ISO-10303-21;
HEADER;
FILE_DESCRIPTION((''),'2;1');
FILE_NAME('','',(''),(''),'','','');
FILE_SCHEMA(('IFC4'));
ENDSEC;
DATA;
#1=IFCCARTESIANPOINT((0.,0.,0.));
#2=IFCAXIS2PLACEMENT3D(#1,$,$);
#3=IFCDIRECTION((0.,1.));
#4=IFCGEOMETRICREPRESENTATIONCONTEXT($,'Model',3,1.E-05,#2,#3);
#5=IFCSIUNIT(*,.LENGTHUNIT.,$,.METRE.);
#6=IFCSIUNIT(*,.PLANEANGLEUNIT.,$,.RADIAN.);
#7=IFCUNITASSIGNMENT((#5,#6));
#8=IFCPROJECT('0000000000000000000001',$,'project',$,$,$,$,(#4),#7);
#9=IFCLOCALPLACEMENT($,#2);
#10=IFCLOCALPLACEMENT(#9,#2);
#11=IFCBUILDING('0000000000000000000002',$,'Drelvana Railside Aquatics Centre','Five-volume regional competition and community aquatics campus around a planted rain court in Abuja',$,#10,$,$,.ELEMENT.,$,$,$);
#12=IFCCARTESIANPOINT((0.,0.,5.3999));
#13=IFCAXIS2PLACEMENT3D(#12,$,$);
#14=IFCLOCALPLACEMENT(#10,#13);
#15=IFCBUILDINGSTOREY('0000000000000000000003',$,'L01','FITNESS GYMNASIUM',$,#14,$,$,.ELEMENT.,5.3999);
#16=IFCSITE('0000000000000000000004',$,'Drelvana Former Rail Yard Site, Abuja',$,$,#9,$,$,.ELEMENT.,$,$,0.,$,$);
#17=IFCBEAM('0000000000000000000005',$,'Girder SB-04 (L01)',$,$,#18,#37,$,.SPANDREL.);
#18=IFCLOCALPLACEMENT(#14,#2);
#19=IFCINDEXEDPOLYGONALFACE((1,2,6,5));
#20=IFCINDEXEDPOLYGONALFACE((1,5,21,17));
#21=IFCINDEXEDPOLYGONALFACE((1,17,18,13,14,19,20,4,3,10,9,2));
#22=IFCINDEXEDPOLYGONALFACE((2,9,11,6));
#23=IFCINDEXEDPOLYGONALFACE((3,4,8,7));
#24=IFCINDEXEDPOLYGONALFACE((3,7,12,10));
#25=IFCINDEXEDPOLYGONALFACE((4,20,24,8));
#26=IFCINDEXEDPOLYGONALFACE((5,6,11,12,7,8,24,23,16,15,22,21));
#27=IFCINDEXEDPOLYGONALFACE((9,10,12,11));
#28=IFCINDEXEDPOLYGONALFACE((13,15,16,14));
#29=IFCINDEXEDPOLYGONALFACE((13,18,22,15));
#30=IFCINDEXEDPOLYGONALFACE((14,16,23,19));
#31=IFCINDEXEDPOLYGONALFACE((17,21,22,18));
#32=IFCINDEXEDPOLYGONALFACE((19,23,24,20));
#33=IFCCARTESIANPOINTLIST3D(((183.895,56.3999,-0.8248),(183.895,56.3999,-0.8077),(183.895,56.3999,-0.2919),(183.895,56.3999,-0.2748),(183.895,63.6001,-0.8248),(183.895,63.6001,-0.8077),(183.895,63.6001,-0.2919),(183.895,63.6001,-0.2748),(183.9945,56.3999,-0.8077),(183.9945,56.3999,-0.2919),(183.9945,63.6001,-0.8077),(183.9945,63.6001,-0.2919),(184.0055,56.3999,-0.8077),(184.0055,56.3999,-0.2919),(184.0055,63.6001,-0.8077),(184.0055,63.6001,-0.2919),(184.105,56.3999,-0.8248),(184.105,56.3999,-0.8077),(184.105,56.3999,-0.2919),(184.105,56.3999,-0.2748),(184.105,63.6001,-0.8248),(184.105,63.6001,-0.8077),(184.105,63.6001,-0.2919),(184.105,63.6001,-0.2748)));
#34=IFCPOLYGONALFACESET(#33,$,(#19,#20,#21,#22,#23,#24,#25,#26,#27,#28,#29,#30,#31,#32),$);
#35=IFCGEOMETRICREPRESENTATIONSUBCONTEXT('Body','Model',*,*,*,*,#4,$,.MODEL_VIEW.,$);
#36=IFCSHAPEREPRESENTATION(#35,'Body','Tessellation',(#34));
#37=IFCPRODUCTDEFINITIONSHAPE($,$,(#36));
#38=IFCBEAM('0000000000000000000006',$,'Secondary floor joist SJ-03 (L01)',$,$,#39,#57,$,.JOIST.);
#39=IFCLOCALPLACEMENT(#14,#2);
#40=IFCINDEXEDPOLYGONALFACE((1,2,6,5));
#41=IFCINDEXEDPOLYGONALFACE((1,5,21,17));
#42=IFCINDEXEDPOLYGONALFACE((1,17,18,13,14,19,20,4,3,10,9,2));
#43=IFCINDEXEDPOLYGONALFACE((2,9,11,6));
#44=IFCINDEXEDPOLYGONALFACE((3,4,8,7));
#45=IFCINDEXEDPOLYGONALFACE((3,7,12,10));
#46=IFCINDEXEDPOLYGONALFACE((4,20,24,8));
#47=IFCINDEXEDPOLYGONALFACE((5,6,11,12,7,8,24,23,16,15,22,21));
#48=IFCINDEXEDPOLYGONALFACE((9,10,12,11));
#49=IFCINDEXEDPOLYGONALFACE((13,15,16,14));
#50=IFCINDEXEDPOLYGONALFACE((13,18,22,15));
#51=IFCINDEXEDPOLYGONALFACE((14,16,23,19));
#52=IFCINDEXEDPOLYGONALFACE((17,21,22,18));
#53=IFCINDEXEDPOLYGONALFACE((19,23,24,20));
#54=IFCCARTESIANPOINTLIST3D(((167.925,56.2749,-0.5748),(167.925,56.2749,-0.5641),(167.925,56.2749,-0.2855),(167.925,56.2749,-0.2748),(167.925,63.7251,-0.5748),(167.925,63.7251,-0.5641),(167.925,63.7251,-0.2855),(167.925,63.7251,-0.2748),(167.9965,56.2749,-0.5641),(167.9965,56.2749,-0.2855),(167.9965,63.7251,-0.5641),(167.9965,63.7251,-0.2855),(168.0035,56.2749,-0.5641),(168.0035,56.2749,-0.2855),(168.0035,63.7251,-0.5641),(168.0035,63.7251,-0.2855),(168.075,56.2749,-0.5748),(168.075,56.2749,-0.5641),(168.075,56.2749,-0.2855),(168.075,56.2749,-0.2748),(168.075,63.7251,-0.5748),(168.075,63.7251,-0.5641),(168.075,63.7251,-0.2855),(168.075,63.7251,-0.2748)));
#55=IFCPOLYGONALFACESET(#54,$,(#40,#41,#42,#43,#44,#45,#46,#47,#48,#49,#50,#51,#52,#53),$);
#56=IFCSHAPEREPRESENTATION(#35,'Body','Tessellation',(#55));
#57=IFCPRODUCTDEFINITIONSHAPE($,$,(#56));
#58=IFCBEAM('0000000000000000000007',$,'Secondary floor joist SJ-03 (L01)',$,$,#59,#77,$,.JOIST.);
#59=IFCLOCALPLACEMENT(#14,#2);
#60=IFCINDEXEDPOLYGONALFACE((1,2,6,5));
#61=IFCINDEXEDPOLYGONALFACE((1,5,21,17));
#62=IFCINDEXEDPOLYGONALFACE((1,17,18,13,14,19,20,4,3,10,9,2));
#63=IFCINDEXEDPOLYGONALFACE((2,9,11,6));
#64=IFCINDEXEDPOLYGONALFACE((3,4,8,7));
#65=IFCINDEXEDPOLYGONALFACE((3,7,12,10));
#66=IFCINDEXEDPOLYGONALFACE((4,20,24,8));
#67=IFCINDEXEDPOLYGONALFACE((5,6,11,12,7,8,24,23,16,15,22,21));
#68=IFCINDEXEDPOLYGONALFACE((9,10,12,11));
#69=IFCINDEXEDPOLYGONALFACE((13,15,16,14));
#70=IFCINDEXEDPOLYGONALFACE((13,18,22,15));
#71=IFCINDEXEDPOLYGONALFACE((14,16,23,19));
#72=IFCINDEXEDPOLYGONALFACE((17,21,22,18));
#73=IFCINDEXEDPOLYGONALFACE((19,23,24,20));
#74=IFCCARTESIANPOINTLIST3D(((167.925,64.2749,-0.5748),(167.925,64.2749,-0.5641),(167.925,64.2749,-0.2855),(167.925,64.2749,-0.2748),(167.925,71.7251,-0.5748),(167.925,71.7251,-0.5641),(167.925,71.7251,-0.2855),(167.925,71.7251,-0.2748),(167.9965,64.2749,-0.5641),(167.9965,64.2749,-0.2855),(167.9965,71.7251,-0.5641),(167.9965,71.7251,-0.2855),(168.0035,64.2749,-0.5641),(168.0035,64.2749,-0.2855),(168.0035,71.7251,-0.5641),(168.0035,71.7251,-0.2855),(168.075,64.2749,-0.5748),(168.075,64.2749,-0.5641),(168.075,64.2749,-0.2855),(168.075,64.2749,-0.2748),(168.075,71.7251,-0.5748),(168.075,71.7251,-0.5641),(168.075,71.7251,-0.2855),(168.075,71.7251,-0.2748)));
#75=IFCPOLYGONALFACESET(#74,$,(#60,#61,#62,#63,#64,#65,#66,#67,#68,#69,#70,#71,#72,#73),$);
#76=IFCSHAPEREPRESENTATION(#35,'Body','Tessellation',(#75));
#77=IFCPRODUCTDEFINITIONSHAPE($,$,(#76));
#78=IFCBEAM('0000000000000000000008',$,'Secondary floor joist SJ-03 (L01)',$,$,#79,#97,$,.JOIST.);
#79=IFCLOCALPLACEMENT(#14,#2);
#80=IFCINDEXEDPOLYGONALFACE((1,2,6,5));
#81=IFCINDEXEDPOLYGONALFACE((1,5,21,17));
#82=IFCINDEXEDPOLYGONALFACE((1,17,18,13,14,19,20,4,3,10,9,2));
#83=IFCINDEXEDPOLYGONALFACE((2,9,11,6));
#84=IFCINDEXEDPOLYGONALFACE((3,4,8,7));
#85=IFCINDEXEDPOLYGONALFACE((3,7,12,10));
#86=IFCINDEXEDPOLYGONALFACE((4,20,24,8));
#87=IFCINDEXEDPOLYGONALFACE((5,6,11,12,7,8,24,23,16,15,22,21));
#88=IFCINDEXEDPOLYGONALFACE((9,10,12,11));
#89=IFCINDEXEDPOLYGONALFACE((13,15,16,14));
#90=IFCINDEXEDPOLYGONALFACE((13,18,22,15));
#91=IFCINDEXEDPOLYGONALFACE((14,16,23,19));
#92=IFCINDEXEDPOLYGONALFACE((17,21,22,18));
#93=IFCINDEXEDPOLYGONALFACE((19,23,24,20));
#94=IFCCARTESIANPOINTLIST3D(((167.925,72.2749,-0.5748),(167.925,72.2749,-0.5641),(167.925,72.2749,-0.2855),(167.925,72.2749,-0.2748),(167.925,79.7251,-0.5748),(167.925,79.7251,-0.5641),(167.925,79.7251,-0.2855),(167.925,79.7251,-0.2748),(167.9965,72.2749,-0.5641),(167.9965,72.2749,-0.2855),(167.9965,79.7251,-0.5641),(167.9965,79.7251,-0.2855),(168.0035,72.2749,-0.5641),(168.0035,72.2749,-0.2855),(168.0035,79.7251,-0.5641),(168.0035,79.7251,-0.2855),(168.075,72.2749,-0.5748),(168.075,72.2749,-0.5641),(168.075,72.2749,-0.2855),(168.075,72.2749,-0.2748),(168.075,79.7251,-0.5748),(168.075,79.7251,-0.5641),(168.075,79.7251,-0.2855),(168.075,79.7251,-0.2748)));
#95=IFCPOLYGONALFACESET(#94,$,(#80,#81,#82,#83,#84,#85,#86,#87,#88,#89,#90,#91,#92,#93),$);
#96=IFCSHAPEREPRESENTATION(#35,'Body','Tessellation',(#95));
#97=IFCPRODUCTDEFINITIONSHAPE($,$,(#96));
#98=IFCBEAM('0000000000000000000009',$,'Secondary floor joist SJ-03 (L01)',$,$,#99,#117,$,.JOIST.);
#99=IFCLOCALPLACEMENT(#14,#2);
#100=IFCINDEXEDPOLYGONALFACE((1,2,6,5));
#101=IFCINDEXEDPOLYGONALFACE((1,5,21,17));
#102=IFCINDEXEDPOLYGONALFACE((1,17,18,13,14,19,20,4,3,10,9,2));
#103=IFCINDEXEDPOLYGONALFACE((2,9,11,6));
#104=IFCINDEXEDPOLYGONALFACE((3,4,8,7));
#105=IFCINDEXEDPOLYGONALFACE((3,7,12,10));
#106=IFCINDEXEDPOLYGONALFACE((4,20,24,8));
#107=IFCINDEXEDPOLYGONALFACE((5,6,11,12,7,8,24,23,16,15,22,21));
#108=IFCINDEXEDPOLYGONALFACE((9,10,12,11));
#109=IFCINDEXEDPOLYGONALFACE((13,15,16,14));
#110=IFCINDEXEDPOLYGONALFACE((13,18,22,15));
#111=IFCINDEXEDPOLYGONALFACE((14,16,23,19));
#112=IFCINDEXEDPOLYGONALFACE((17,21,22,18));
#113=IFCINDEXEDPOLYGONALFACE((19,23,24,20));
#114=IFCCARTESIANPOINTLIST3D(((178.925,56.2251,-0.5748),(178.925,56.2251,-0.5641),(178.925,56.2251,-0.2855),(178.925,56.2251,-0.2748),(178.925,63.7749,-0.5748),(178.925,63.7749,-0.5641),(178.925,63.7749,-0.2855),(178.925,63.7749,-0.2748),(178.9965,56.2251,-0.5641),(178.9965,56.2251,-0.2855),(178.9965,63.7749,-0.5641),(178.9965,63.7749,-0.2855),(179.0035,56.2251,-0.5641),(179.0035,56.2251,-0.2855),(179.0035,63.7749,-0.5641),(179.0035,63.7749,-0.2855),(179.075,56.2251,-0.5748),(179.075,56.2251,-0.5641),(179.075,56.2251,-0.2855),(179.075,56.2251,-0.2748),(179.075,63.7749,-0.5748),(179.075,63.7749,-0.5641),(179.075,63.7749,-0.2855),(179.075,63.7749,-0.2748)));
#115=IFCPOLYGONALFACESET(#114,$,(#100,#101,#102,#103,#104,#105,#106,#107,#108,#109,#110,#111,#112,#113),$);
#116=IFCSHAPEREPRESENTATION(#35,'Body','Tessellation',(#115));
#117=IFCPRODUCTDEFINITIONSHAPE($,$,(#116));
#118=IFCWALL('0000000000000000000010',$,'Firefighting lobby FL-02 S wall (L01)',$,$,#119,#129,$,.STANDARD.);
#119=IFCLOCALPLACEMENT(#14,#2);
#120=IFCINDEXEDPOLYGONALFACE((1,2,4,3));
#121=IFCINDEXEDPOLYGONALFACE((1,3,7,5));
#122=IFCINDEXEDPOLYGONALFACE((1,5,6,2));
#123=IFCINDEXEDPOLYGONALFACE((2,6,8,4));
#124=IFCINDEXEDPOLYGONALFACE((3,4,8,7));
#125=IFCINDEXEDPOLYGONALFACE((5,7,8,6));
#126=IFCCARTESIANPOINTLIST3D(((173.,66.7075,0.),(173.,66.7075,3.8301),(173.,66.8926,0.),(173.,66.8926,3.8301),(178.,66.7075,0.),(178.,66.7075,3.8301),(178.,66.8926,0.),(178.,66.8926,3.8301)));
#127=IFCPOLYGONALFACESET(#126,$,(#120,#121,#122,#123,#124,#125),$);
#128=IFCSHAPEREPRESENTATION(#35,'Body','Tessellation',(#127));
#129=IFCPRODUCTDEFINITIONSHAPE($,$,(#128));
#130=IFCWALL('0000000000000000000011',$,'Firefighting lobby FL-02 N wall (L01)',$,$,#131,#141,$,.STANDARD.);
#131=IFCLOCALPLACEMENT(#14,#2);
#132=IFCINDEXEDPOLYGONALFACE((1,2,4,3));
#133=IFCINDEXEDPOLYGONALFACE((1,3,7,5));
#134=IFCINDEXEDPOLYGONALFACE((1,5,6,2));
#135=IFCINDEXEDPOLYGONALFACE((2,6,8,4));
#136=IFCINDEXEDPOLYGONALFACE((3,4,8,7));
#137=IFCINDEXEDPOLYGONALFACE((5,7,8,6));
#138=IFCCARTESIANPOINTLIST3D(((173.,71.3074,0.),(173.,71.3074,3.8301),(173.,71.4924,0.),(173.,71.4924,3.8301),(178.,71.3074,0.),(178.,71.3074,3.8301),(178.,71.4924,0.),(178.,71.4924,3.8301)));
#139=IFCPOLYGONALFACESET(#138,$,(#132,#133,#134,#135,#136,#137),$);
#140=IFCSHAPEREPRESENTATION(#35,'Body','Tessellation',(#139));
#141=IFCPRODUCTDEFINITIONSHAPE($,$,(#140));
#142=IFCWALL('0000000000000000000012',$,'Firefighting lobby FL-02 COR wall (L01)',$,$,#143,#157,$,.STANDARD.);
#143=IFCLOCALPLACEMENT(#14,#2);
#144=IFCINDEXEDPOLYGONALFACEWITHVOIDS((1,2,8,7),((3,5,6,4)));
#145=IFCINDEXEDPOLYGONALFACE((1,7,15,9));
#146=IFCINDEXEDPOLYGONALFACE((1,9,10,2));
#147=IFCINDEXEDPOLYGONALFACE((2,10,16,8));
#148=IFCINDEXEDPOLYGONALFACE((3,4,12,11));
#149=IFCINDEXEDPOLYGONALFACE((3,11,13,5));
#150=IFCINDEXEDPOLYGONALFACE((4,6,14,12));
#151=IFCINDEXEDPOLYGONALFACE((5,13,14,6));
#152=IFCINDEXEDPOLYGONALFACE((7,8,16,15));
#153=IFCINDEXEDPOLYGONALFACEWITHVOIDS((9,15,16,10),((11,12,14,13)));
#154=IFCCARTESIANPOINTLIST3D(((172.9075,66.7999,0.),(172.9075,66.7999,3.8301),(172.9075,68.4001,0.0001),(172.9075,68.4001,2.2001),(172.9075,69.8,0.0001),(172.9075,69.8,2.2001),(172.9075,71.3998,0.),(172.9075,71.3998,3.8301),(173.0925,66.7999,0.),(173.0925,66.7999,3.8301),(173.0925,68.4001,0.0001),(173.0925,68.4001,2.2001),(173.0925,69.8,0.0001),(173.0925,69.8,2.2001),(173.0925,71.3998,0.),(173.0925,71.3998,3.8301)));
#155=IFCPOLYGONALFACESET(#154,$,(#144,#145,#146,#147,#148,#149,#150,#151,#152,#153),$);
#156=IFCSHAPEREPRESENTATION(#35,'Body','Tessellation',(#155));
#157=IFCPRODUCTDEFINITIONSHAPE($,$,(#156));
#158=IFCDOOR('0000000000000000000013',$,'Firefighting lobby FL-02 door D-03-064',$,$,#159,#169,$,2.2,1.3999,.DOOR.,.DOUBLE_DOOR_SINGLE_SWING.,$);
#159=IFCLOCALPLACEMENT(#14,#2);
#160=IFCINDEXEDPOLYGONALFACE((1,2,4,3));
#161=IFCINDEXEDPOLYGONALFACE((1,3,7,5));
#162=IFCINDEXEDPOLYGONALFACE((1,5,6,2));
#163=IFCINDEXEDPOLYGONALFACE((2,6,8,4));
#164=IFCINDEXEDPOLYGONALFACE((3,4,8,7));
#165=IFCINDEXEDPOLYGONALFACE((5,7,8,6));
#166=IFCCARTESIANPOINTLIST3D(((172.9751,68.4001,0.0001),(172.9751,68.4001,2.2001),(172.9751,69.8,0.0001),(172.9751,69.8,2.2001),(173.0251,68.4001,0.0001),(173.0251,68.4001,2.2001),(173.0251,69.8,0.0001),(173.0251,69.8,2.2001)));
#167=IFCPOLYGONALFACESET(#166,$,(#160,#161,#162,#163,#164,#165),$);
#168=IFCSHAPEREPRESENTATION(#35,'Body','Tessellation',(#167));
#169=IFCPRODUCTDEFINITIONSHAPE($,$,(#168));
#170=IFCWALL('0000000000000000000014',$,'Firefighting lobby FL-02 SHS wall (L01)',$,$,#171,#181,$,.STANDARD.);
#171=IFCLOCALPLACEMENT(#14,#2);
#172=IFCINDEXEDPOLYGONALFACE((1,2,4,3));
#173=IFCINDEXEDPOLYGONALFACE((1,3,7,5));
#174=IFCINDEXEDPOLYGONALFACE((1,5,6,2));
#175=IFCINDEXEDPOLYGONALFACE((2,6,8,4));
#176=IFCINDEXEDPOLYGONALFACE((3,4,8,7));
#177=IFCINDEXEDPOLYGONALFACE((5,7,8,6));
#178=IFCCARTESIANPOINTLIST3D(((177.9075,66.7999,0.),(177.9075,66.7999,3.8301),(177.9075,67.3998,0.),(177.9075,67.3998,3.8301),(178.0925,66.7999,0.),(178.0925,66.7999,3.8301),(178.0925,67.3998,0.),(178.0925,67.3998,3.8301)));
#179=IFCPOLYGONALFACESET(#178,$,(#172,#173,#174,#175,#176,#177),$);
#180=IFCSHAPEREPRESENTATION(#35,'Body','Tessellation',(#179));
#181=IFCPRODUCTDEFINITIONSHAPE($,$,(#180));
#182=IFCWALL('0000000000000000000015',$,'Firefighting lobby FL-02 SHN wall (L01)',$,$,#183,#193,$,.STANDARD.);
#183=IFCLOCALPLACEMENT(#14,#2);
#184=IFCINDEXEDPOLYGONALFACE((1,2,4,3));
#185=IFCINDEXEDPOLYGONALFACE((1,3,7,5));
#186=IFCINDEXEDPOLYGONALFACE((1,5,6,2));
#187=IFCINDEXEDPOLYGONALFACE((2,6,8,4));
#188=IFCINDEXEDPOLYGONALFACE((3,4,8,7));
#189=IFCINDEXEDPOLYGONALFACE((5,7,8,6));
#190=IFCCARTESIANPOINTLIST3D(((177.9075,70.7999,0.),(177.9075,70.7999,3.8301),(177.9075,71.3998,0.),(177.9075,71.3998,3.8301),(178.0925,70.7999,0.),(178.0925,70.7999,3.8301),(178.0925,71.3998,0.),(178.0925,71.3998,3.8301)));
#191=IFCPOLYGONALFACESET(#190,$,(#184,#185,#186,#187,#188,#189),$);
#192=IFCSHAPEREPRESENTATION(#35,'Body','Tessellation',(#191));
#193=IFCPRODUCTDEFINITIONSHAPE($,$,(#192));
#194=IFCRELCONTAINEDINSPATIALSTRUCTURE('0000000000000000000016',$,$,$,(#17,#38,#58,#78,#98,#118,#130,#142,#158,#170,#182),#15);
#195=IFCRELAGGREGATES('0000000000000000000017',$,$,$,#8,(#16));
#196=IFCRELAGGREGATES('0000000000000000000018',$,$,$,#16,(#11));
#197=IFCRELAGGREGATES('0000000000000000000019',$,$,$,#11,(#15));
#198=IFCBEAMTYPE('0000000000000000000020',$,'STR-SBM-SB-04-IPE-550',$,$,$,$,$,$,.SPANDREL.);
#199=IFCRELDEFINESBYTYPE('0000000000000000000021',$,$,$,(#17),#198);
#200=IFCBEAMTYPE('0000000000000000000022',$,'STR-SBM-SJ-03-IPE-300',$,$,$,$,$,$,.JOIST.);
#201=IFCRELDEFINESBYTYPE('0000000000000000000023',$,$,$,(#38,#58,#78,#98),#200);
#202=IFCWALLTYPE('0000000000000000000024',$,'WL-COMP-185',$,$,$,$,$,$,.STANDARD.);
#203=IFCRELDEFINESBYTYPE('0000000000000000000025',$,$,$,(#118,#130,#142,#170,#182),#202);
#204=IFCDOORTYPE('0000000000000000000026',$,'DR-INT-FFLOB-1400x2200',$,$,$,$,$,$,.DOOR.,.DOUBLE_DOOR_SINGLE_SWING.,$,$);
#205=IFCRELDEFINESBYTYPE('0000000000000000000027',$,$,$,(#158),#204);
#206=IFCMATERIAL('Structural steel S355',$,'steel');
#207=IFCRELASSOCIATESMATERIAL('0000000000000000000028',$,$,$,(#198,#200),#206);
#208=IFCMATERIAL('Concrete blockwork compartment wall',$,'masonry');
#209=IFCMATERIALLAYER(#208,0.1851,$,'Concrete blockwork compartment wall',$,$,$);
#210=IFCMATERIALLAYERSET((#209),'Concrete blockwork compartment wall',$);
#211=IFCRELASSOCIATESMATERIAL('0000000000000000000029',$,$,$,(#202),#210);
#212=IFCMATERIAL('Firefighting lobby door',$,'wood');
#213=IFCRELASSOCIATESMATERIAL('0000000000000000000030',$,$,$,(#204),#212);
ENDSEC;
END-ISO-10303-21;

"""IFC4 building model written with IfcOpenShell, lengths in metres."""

from ifc_helpers import new_model, si_unit, direction, frame, frame_2d, origin, origin_2d, place, context, subcontext, project, spatial, rectangle, i_section, extrude, material, layer, layer_set, material_profile, profile_set, type_object, element, fill, save


model = new_model("IFC4")

# Units and contexts
model_context = context("Model", 3, precision=1e-05, world=origin(), true_north=direction((0.0, 1.0)))
body_context = subcontext(model_context, "Body", "Model", "MODEL_VIEW")
ifc_project = project(units=[si_unit("LENGTHUNIT", "METRE"), si_unit("PLANEANGLEUNIT", "RADIAN")], contexts=[model_context])

# Site, building, storey
site_placement = place(None, origin())
site = spatial("IfcSite", under=ifc_project, at=site_placement, Name="Drelvana Former Rail Yard Site, Abuja", CompositionType="ELEMENT", RefElevation=0.0)
building_placement = place(site_placement, origin())
building = spatial("IfcBuilding", under=site, at=building_placement, Name="Drelvana Railside Aquatics Centre", Description="Five-volume regional competition and community aquatics campus around a planted rain court in Abuja", CompositionType="ELEMENT")
storey_placement = place(building_placement, frame((0.0, 0.0, 5.3999)))
storey = spatial("IfcBuildingStorey", under=building, at=storey_placement, Name="L01", Description="FITNESS GYMNASIUM", CompositionType="ELEMENT", Elevation=5.3999)

# Beams
ifc_material_1 = material(Name="Structural steel S355", Category="steel")
ifc_material_profile_1 = material_profile(ifc_material_1, i_section(OverallWidth=0.21, OverallDepth=0.55, WebThickness=0.011, FlangeThickness=0.0171, at=origin_2d()), Name="IPE 550")
ifc_profile_set_1 = profile_set([ifc_material_profile_1], Name="Structural steel S355")
beam_type_1 = type_object("IfcBeamType", Name="STR-SBM-SB-04-IPE-550", PredefinedType="SPANDREL", material=ifc_profile_set_1)
beam_1_placement = place(storey_placement, frame((184.0, 56.3999, -0.5498), z_axis=(0.0, 1.0, 0.0), x_axis=(-1.0, 0.0, 0.0)))
element("IfcBeam", 1, at=beam_1_placement, inside=storey, type_object=beam_type_1, Name="Girder SB-04 (L01)", PredefinedType="SPANDREL", context=body_context, shape_type="SweptSolid", body=[
    extrude(i_section(OverallWidth=0.21, OverallDepth=0.55, WebThickness=0.011, FlangeThickness=0.0171, at=origin_2d()), origin(), (0.0, 0.0, 1.0), 7.2002),
])
ifc_material_profile_2 = material_profile(ifc_material_1, i_section(OverallWidth=0.1499, OverallDepth=0.3, WebThickness=0.0071, FlangeThickness=0.0107, at=origin_2d()), Name="IPE 300")
ifc_profile_set_2 = profile_set([ifc_material_profile_2], Name="Structural steel S355")
beam_type_2 = type_object("IfcBeamType", Name="STR-SBM-SJ-03-IPE-300", PredefinedType="JOIST", material=ifc_profile_set_2)
for number, where, z_axis, x_axis, name in (
    (2, (168.0, 56.2749, -0.4248), (0.0, 1.0, 0.0), (-1.0, 0.0, 0.0), "Secondary floor joist SJ-03 (L01)"),
    (3, (168.0, 64.2749, -0.4248), (0.0, 1.0, 0.0), (-1.0, 0.0, 0.0), "Secondary floor joist SJ-03 (L01)"),
    (4, (168.0, 72.2749, -0.4248), (0.0, 1.0, 0.0), (-1.0, 0.0, 0.0), "Secondary floor joist SJ-03 (L01)"),
):
    element("IfcBeam", number, at=place(storey_placement, frame(where, z_axis=z_axis, x_axis=x_axis)), inside=storey, type_object=beam_type_2, Name=name, PredefinedType="JOIST", context=body_context, shape_type="SweptSolid", body=[
        extrude(i_section(OverallWidth=0.1499, OverallDepth=0.3, WebThickness=0.0071, FlangeThickness=0.0107, at=origin_2d()), origin(), (0.0, 0.0, 1.0), 7.4502),
    ])
beam_2_placement = place(storey_placement, frame((179.0, 56.2251, -0.4248), z_axis=(0.0, 1.0, 0.0), x_axis=(-1.0, 0.0, 0.0)))
element("IfcBeam", 5, at=beam_2_placement, inside=storey, type_object=beam_type_2, Name="Secondary floor joist SJ-03 (L01)", PredefinedType="JOIST", context=body_context, shape_type="SweptSolid", body=[
    extrude(i_section(OverallWidth=0.1499, OverallDepth=0.3, WebThickness=0.0071, FlangeThickness=0.0107, at=origin_2d()), origin(), (0.0, 0.0, 1.0), 7.5498),
])

# Walls
ifc_material_2 = material(Name="Concrete blockwork compartment wall", Category="masonry")
ifc_layer_1 = layer(ifc_material_2, 0.1851, Name="Concrete blockwork compartment wall")
ifc_layer_set_1 = layer_set([ifc_layer_1], Name="Concrete blockwork compartment wall")
wall_type_1 = type_object("IfcWallType", Name="WL-COMP-185", PredefinedType="STANDARD", material=ifc_layer_set_1)
for number, where, z_axis, x_axis, name in (
    (6, (178.0, 66.8, 0.0), (0.0, 0.0, 1.0), (-1.0, 0.0, 0.0), "Firefighting lobby FL-02 S wall (L01)"),
    (7, (173.0, 71.3999, 0.0), (0.0, 0.0, 1.0), (1.0, 0.0, 0.0), "Firefighting lobby FL-02 N wall (L01)"),
):
    element("IfcWall", number, at=place(storey_placement, frame(where, z_axis=z_axis, x_axis=x_axis)), inside=storey, type_object=wall_type_1, Name=name, PredefinedType="STANDARD", context=body_context, shape_type="SweptSolid", body=[
        extrude(rectangle(XDim=5.0, YDim=0.1851, at=frame_2d((2.5, 0.0))), origin(), (0.0, 0.0, 1.0), 3.8301),
    ])

# Wall, opening, door
wall_1_placement = place(storey_placement, frame((173.0, 66.8, 0.0), z_axis=(0.0, 0.0, 1.0), x_axis=(0.0, 1.0, 0.0)))
wall_1 = element("IfcWall", 8, at=wall_1_placement, inside=storey, type_object=wall_type_1, Name="Firefighting lobby FL-02 COR wall (L01)", PredefinedType="STANDARD", context=body_context, shape_type="SweptSolid", body=[
    extrude(rectangle(XDim=4.5999, YDim=0.1851, at=frame_2d((2.2998, 0.0))), origin(), (0.0, 0.0, 1.0), 3.8301),
])
opening_1_placement = place(wall_1_placement, frame((1.6001, 0.0, 0.0)))
opening_1 = element("IfcOpeningElement", 9, at=opening_1_placement, cuts=wall_1, PredefinedType="OPENING", context=body_context, shape_type="SweptSolid", body=[
    extrude(rectangle(XDim=1.3999, YDim=2.2, at=frame_2d((0.7, 1.1001))), frame((0.0, 0.1025, 0.0), z_axis=(0.0, -1.0, 0.0), x_axis=(1.0, 0.0, 0.0)), (0.0, 0.0, 1.0), 0.2051),
])
ifc_material_3 = material(Name="Firefighting lobby door", Category="wood")
door_type_1 = type_object("IfcDoorType", Name="DR-INT-FFLOB-1400x2200", OperationType="DOUBLE_DOOR_SINGLE_SWING", PredefinedType="DOOR", material=ifc_material_3)
door_1_placement = place(opening_1_placement, origin())
door_1 = element("IfcDoor", 10, at=door_1_placement, inside=storey, type_object=door_type_1, Name="Firefighting lobby FL-02 door D-03-064", OperationType="DOUBLE_DOOR_SINGLE_SWING", OverallHeight=2.2, OverallWidth=1.3999, PredefinedType="DOOR", context=body_context, shape_type="SweptSolid", body=[
    extrude(rectangle(XDim=1.3999, YDim=2.2, at=frame_2d((0.7, 1.1001))), frame((0.0, 0.0249, 0.0), z_axis=(0.0, -1.0, 0.0), x_axis=(1.0, 0.0, 0.0)), (0.0, 0.0, 1.0), 0.05),
])
fill(opening_1, door_1)

# Walls
for number, where, z_axis, x_axis, name in (
    (11, (178.0, 66.8, 0.0), (0.0, 0.0, 1.0), (0.0, 1.0, 0.0), "Firefighting lobby FL-02 SHS wall (L01)"),
    (12, (178.0, 70.8, 0.0), (0.0, 0.0, 1.0), (0.0, 1.0, 0.0), "Firefighting lobby FL-02 SHN wall (L01)"),
):
    element("IfcWall", number, at=place(storey_placement, frame(where, z_axis=z_axis, x_axis=x_axis)), inside=storey, type_object=wall_type_1, Name=name, PredefinedType="STANDARD", context=body_context, shape_type="SweptSolid", body=[
        extrude(rectangle(XDim=0.5999, YDim=0.1851, at=frame_2d((0.2998, 0.0))), origin(), (0.0, 0.0, 1.0), 3.8301),
    ])

save(model, "model.ifc")
